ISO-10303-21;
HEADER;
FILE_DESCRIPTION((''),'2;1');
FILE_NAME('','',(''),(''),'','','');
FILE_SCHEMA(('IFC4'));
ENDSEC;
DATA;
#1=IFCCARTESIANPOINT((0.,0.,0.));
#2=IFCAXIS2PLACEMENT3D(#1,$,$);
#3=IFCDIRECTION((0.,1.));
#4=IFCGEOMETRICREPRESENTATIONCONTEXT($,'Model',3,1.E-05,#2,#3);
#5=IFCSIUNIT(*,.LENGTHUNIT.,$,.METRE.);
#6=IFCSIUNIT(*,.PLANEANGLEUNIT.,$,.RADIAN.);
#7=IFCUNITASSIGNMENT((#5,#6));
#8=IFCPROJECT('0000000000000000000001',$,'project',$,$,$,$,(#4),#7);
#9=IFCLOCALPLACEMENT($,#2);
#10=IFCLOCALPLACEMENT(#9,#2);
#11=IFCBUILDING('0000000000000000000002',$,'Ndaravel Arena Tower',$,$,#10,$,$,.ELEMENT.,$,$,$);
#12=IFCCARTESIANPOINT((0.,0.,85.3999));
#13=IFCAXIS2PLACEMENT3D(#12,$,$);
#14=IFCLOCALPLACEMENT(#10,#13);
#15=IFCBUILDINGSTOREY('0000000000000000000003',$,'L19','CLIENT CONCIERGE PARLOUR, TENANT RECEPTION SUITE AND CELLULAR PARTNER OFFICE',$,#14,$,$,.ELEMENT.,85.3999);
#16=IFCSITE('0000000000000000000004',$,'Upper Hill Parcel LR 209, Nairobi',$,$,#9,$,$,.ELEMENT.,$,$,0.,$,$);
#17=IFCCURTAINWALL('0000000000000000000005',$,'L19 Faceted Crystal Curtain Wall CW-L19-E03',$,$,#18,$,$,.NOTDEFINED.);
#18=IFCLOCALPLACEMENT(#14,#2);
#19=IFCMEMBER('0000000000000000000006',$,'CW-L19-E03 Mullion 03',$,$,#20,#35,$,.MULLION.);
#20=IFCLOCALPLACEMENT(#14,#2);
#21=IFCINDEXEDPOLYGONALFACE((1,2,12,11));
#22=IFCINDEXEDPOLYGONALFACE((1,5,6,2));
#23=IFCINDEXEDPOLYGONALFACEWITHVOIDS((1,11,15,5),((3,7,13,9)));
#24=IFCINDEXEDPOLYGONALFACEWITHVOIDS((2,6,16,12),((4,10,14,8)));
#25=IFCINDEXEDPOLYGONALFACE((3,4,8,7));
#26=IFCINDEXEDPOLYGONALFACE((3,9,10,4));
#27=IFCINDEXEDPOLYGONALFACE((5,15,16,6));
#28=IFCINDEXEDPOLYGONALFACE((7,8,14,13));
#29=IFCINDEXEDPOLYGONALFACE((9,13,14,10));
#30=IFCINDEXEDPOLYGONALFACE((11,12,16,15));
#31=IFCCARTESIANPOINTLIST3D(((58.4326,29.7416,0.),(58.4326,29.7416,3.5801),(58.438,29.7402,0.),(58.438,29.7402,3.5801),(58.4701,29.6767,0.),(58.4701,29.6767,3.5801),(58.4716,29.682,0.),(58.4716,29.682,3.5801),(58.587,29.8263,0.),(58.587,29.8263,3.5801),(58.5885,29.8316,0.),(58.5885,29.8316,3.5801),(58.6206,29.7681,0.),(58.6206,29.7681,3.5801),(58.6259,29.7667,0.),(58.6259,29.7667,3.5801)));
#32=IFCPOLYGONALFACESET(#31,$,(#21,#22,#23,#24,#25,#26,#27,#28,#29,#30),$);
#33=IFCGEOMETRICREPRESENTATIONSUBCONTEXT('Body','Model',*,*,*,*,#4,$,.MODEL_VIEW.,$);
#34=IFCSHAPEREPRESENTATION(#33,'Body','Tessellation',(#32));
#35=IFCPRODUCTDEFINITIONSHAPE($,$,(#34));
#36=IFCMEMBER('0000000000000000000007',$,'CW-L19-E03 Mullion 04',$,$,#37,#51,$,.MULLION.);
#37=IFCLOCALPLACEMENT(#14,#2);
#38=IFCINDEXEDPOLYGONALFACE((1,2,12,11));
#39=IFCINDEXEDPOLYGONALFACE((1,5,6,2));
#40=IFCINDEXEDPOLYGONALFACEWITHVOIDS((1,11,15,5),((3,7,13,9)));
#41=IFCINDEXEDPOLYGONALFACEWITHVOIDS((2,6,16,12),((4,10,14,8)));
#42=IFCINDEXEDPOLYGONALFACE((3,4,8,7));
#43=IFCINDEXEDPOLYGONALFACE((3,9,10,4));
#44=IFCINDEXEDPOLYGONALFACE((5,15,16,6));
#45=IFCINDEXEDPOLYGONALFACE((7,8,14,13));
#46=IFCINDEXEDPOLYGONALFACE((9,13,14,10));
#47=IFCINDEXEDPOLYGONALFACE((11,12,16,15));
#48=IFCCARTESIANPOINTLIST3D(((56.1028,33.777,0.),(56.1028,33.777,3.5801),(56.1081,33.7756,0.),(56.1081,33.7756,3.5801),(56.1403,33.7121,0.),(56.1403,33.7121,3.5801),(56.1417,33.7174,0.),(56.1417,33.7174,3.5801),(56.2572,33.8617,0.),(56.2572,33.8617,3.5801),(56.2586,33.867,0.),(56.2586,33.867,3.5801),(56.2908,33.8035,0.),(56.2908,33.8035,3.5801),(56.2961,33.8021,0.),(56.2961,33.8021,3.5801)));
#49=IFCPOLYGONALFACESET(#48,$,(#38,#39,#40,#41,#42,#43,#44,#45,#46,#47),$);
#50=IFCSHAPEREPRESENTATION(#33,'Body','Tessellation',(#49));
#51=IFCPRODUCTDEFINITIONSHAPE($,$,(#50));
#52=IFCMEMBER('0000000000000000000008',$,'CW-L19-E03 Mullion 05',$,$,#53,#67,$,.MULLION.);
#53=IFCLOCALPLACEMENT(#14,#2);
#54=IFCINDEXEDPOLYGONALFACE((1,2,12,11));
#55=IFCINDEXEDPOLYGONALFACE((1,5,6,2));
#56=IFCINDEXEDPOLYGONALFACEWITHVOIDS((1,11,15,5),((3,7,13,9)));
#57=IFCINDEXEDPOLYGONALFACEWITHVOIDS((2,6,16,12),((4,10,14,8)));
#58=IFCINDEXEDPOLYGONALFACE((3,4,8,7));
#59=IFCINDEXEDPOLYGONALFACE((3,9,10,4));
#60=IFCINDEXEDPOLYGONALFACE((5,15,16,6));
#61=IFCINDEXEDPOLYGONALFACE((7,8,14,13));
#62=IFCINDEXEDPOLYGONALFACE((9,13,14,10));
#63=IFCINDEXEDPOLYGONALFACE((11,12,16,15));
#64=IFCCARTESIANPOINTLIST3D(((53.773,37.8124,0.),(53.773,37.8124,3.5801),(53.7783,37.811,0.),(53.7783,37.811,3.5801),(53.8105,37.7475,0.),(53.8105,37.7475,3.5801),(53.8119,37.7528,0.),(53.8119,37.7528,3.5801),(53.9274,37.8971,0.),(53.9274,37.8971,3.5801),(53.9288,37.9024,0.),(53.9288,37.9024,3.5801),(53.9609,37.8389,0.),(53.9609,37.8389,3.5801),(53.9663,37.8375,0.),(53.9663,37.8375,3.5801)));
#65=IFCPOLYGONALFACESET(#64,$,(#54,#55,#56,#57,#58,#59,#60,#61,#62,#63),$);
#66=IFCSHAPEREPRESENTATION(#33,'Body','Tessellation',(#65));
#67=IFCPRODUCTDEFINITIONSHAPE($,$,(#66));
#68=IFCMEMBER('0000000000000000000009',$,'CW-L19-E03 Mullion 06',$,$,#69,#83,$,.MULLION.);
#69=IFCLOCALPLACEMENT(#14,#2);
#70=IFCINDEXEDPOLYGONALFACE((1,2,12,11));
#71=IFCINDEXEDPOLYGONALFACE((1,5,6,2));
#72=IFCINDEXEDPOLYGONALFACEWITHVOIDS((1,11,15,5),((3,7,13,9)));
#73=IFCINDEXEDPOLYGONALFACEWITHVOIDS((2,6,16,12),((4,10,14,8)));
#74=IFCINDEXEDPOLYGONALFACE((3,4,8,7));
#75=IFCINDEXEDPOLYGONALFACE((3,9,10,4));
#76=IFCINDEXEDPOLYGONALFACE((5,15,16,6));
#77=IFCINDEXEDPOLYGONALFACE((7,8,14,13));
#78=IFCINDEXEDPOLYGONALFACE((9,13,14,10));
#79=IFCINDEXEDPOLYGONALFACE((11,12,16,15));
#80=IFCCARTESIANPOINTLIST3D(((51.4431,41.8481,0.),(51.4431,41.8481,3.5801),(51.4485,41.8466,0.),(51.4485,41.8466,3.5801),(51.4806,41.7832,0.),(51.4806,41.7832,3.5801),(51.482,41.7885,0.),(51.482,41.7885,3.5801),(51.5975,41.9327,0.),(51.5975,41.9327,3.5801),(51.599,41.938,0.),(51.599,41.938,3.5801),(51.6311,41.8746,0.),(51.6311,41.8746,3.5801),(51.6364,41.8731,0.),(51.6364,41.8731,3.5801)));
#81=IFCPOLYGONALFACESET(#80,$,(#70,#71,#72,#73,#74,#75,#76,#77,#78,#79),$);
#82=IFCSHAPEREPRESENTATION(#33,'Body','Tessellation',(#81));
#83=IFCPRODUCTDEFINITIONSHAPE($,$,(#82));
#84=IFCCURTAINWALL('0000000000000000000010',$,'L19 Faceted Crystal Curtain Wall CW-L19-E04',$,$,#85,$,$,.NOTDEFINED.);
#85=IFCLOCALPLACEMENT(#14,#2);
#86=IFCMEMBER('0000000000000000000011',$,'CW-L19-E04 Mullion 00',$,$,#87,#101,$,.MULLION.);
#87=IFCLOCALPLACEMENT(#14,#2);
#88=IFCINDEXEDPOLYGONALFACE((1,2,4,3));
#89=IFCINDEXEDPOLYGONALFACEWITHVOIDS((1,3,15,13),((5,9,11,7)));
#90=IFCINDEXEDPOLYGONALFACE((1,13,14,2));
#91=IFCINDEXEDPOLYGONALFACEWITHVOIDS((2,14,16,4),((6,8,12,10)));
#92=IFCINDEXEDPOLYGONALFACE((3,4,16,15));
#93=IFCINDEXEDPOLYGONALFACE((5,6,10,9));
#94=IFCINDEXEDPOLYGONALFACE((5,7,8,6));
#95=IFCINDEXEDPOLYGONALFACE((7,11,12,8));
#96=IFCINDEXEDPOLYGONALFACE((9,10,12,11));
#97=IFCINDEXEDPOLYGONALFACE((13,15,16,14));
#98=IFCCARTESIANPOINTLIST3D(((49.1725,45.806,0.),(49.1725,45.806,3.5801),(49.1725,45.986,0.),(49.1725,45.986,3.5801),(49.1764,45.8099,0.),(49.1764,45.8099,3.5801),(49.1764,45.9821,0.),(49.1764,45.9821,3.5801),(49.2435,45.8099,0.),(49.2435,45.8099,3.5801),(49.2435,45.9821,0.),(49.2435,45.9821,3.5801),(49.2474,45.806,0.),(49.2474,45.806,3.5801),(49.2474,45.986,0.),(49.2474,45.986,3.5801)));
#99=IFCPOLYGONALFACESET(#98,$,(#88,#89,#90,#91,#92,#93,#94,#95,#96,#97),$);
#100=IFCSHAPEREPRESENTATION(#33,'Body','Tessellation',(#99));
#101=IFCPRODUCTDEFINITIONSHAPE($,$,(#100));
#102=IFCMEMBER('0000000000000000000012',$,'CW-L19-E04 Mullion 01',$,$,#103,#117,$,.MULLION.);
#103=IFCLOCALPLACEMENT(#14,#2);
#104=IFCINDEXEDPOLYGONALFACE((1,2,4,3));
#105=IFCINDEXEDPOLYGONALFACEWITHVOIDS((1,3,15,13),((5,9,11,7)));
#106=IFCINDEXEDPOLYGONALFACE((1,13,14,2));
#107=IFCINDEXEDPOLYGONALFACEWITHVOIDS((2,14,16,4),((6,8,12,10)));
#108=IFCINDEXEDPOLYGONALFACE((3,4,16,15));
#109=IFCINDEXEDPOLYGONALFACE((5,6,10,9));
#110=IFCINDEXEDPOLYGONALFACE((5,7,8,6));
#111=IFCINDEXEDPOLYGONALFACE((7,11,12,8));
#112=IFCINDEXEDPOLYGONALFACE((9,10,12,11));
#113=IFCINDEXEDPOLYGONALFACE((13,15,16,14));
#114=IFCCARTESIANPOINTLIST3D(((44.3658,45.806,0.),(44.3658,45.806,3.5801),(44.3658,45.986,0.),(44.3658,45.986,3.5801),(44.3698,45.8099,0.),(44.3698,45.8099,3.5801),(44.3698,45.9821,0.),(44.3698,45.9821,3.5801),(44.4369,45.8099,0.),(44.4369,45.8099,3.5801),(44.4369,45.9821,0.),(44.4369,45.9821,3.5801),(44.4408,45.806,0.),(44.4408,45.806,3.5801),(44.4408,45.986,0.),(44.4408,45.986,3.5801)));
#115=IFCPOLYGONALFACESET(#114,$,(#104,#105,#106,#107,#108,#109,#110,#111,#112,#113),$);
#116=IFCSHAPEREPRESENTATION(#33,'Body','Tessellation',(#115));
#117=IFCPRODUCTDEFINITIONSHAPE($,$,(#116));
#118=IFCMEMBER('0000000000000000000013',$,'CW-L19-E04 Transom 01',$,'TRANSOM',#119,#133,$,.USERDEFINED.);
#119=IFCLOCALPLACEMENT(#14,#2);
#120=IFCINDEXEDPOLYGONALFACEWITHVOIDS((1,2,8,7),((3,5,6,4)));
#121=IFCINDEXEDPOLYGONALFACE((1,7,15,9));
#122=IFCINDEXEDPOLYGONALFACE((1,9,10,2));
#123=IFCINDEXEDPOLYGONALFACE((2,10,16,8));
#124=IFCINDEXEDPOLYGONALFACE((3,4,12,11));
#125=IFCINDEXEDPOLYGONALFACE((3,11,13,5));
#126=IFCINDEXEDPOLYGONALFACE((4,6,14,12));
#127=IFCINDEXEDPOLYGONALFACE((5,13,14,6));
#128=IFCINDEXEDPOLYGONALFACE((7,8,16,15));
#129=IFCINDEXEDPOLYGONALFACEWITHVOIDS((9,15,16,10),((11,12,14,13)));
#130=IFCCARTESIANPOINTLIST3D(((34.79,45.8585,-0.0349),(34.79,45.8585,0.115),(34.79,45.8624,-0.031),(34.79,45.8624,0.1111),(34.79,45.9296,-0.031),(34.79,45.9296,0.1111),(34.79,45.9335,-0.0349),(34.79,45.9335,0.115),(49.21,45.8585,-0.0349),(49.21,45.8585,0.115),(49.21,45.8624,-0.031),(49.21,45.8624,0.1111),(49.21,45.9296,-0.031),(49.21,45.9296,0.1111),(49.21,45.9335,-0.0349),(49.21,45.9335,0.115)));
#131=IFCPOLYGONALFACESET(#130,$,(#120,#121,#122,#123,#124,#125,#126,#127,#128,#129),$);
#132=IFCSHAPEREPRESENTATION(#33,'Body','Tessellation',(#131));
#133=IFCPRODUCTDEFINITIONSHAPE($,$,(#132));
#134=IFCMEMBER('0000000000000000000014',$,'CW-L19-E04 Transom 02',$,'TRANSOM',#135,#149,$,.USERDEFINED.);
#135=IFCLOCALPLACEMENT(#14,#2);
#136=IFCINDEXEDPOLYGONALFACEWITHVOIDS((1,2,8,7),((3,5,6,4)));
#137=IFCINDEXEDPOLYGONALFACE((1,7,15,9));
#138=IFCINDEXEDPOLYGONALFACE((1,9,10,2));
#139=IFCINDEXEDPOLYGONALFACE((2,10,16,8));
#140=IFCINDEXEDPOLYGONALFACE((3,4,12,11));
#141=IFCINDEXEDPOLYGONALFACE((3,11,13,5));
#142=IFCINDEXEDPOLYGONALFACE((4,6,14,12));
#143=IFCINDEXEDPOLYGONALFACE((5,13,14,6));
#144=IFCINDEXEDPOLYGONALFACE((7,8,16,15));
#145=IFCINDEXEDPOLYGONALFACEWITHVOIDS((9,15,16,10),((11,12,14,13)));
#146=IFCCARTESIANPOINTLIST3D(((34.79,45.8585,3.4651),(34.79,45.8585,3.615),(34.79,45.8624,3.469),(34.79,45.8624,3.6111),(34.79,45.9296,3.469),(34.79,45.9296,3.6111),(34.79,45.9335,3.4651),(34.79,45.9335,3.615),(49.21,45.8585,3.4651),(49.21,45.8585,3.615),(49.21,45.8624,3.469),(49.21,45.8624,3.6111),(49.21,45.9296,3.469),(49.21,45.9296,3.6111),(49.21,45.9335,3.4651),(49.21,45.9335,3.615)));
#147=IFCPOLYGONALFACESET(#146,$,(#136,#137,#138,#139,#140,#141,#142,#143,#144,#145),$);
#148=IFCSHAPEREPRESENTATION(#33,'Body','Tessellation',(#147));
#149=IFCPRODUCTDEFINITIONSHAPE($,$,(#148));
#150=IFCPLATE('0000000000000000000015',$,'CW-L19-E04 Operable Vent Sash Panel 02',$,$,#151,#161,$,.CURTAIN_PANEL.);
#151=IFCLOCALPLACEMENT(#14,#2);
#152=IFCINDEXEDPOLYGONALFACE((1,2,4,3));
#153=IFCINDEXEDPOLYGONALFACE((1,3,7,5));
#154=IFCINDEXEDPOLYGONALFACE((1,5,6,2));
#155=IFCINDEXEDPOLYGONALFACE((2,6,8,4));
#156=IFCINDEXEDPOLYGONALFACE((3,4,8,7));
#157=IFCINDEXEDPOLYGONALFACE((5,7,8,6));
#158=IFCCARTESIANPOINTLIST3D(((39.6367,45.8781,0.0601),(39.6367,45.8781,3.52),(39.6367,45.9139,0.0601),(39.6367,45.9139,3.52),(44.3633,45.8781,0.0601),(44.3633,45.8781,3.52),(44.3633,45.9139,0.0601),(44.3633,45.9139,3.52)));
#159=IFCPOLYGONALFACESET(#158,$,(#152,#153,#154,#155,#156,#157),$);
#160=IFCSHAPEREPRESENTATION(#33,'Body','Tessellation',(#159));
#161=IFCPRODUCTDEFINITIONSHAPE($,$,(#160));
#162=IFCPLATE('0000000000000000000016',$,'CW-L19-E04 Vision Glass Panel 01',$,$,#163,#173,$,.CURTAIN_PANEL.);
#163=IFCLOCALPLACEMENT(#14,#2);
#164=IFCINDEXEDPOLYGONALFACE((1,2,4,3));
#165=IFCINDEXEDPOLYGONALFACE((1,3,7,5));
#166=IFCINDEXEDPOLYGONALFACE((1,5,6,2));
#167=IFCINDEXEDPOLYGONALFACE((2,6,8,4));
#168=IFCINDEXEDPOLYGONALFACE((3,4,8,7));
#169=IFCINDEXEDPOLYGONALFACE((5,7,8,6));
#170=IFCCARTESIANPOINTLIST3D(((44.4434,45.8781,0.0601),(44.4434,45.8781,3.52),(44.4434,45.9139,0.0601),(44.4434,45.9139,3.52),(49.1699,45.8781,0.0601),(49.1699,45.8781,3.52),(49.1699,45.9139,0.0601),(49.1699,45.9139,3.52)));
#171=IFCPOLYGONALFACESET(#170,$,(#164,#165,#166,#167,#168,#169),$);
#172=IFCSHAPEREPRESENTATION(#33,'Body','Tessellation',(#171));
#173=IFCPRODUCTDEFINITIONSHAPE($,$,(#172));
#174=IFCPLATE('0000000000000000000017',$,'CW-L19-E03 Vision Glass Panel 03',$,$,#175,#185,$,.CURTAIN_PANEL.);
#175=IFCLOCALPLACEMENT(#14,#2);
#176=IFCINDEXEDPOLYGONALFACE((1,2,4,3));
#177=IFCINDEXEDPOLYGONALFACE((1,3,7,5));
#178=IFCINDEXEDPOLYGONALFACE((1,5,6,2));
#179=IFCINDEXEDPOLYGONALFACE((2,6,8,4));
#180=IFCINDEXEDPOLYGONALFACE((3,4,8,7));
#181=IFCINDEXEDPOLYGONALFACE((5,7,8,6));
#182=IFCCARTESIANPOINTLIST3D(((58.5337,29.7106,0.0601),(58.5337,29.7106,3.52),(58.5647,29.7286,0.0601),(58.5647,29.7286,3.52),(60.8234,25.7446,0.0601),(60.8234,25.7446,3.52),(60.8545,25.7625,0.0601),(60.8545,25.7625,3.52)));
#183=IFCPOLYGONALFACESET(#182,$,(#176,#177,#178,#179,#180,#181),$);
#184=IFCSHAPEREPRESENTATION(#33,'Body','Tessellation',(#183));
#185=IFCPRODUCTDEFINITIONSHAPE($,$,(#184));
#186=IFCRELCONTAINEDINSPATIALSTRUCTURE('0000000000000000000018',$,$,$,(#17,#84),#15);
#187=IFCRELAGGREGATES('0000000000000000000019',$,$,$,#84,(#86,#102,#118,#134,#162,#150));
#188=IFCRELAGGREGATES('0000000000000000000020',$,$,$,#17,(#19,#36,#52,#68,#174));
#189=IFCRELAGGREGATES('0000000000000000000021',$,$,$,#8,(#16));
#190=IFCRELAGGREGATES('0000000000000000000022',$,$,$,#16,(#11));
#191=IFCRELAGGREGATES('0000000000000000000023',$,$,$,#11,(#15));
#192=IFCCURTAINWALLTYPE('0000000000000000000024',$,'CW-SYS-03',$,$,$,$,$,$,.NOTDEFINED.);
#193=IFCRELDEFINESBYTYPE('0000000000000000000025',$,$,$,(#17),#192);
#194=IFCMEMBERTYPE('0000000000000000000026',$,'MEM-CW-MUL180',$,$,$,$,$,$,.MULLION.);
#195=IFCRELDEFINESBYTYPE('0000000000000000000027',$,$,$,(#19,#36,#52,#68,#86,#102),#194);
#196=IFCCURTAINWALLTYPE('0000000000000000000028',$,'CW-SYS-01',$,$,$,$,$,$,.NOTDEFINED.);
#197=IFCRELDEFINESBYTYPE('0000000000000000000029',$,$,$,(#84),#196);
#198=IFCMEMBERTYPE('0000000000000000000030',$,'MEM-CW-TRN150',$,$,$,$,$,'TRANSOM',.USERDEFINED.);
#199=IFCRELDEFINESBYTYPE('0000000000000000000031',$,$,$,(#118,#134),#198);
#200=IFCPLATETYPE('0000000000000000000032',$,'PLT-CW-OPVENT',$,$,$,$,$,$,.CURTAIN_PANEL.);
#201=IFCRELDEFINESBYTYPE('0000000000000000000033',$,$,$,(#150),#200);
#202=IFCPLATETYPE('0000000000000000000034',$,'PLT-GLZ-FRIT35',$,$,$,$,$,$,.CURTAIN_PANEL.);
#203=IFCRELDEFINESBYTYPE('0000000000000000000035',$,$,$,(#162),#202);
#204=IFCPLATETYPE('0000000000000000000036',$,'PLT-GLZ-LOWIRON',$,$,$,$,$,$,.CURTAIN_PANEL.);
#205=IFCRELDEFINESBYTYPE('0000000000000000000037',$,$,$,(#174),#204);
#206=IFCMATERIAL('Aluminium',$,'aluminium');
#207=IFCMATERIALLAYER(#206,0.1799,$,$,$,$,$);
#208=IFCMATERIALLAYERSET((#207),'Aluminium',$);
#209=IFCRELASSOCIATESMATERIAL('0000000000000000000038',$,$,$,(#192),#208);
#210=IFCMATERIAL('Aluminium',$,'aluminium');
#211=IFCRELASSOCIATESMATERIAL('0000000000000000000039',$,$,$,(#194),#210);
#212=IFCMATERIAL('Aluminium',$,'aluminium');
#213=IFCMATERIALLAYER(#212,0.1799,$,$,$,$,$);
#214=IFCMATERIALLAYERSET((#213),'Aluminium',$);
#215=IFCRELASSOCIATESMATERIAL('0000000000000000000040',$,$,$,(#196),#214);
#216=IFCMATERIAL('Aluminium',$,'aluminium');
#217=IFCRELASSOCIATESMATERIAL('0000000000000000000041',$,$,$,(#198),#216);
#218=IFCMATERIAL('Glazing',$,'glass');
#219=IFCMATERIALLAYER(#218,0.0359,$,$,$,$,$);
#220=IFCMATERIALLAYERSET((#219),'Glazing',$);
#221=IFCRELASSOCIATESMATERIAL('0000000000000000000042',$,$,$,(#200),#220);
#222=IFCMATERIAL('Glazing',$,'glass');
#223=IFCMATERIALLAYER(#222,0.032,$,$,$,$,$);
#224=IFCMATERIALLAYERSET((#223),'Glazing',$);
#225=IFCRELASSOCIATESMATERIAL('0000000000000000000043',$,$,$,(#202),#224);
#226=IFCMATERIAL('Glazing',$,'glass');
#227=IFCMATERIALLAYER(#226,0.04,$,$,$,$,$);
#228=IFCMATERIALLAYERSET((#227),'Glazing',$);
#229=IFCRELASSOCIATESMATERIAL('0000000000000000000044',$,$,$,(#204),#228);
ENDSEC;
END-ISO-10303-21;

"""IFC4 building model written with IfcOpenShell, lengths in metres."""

from ifc_helpers import new_model, si_unit, direction, frame, origin, origin_2d, place, context, subcontext, project, spatial, rectangle, hollow_rectangle, extrude, material, layer, layer_set, material_profile, profile_set, type_object, element, aggregate, save


model = new_model("IFC4")

# Units and contexts
model_context = context("Model", 3, precision=1e-05, world=origin(), true_north=direction((0.0, 1.0)))
body_context = subcontext(model_context, "Body", "Model", "MODEL_VIEW")
ifc_project = project(units=[si_unit("LENGTHUNIT", "METRE"), si_unit("PLANEANGLEUNIT", "RADIAN")], contexts=[model_context])

# Site, building, storey
site_placement = place(None, origin())
site = spatial("IfcSite", under=ifc_project, at=site_placement, Name="Upper Hill Parcel LR 209, Nairobi", CompositionType="ELEMENT", RefElevation=0.0)
building_placement = place(site_placement, origin())
building = spatial("IfcBuilding", under=site, at=building_placement, Name="Ndaravel Arena Tower", CompositionType="ELEMENT")
storey_placement = place(building_placement, frame((0.0, 0.0, 85.3999)))
storey = spatial("IfcBuildingStorey", under=building, at=storey_placement, Name="L19", Description="CLIENT CONCIERGE PARLOUR, TENANT RECEPTION SUITE AND CELLULAR PARTNER OFFICE", CompositionType="ELEMENT", Elevation=85.3999)

# Curtain wall, members
ifc_material_1 = material(Name="Aluminium", Category="aluminium")
ifc_layer_1 = layer(ifc_material_1, 0.1799)
ifc_layer_set_1 = layer_set([ifc_layer_1], Name="Aluminium")
curtain_wall_type_1 = type_object("IfcCurtainWallType", Name="CW-SYS-03", PredefinedType="NOTDEFINED", material=ifc_layer_set_1)
curtain_wall_1_placement = place(storey_placement, origin())
curtain_wall_1 = element("IfcCurtainWall", 1, at=curtain_wall_1_placement, inside=storey, type_object=curtain_wall_type_1, Name="L19 Faceted Crystal Curtain Wall CW-L19-E03", PredefinedType="NOTDEFINED")
ifc_material_2 = material(Name="Aluminium", Category="aluminium")
ifc_material_profile_1 = material_profile(ifc_material_2, hollow_rectangle(XDim=0.075, YDim=0.1799, WallThickness=0.0039, at=origin_2d()), Name="CW MULLION 75x180x4")
ifc_profile_set_1 = profile_set([ifc_material_profile_1], Name="Aluminium")
member_type_1 = type_object("IfcMemberType", Name="MEM-CW-MUL180", PredefinedType="MULLION", material=ifc_profile_set_1)
member_1_placement = place(storey_placement, frame((58.5293, 29.7542, 0.0), z_axis=(0.0, 0.0, 1.0), x_axis=(-0.5, 0.866025, 0.0)))
member_1 = element("IfcMember", 2, at=member_1_placement, type_object=member_type_1, Name="CW-L19-E03 Mullion 03", PredefinedType="MULLION", context=body_context, shape_type="SweptSolid", body=[
    extrude(hollow_rectangle(XDim=0.075, YDim=0.1799, WallThickness=0.0039, at=origin_2d()), origin(), (0.0, 0.0, 1.0), 3.5801),
])
member_2_placement = place(storey_placement, frame((56.1995, 33.7896, 0.0), z_axis=(0.0, 0.0, 1.0), x_axis=(-0.5, 0.866025, 0.0)))
member_2 = element("IfcMember", 3, at=member_2_placement, type_object=member_type_1, Name="CW-L19-E03 Mullion 04", PredefinedType="MULLION", context=body_context, shape_type="SweptSolid", body=[
    extrude(hollow_rectangle(XDim=0.075, YDim=0.1799, WallThickness=0.0039, at=origin_2d()), origin(), (0.0, 0.0, 1.0), 3.5801),
])
member_3_placement = place(storey_placement, frame((53.8696, 37.825, 0.0), z_axis=(0.0, 0.0, 1.0), x_axis=(-0.5, 0.866025, 0.0)))
member_3 = element("IfcMember", 4, at=member_3_placement, type_object=member_type_1, Name="CW-L19-E03 Mullion 05", PredefinedType="MULLION", context=body_context, shape_type="SweptSolid", body=[
    extrude(hollow_rectangle(XDim=0.075, YDim=0.1799, WallThickness=0.0039, at=origin_2d()), origin(), (0.0, 0.0, 1.0), 3.5801),
])
member_4_placement = place(storey_placement, frame((51.5398, 41.8606, 0.0), z_axis=(0.0, 0.0, 1.0), x_axis=(-0.5, 0.866025, 0.0)))
member_4 = element("IfcMember", 5, at=member_4_placement, type_object=member_type_1, Name="CW-L19-E03 Mullion 06", PredefinedType="MULLION", context=body_context, shape_type="SweptSolid", body=[
    extrude(hollow_rectangle(XDim=0.075, YDim=0.1799, WallThickness=0.0039, at=origin_2d()), origin(), (0.0, 0.0, 1.0), 3.5801),
])

# Curtain wall, members, plates
ifc_material_3 = material(Name="Aluminium", Category="aluminium")
ifc_layer_2 = layer(ifc_material_3, 0.1799)
ifc_layer_set_2 = layer_set([ifc_layer_2], Name="Aluminium")
curtain_wall_type_2 = type_object("IfcCurtainWallType", Name="CW-SYS-01", PredefinedType="NOTDEFINED", material=ifc_layer_set_2)
curtain_wall_2_placement = place(storey_placement, origin())
curtain_wall_2 = element("IfcCurtainWall", 6, at=curtain_wall_2_placement, inside=storey, type_object=curtain_wall_type_2, Name="L19 Faceted Crystal Curtain Wall CW-L19-E04", PredefinedType="NOTDEFINED")
member_5_placement = place(storey_placement, frame((49.21, 45.896, 0.0), z_axis=(0.0, 0.0, 1.0), x_axis=(-1.0, 0.0, 0.0)))
member_5 = element("IfcMember", 7, at=member_5_placement, type_object=member_type_1, Name="CW-L19-E04 Mullion 00", PredefinedType="MULLION", context=body_context, shape_type="SweptSolid", body=[
    extrude(hollow_rectangle(XDim=0.075, YDim=0.1799, WallThickness=0.0039, at=origin_2d()), origin(), (0.0, 0.0, 1.0), 3.5801),
])
member_6_placement = place(storey_placement, frame((44.4033, 45.896, 0.0), z_axis=(0.0, 0.0, 1.0), x_axis=(-1.0, 0.0, 0.0)))
member_6 = element("IfcMember", 8, at=member_6_placement, type_object=member_type_1, Name="CW-L19-E04 Mullion 01", PredefinedType="MULLION", context=body_context, shape_type="SweptSolid", body=[
    extrude(hollow_rectangle(XDim=0.075, YDim=0.1799, WallThickness=0.0039, at=origin_2d()), origin(), (0.0, 0.0, 1.0), 3.5801),
])
ifc_material_4 = material(Name="Aluminium", Category="aluminium")
ifc_material_profile_2 = material_profile(ifc_material_4, hollow_rectangle(XDim=0.075, YDim=0.1499, WallThickness=0.0039, at=origin_2d()), Name="CW TRANSOM 75x150x4")
ifc_profile_set_2 = profile_set([ifc_material_profile_2], Name="Aluminium")
member_type_2 = type_object("IfcMemberType", Name="MEM-CW-TRN150", ElementType="TRANSOM", PredefinedType="USERDEFINED", material=ifc_profile_set_2)
member_7_placement = place(storey_placement, frame((49.21, 45.896, 0.04), z_axis=(-1.0, 0.0, 0.0), x_axis=(0.0, -1.0, 0.0)))
member_7 = element("IfcMember", 9, at=member_7_placement, type_object=member_type_2, Name="CW-L19-E04 Transom 01", ObjectType="TRANSOM", PredefinedType="USERDEFINED", context=body_context, shape_type="SweptSolid", body=[
    extrude(hollow_rectangle(XDim=0.075, YDim=0.1499, WallThickness=0.0039, at=origin_2d()), origin(), (0.0, 0.0, 1.0), 14.4199),
])
member_8_placement = place(storey_placement, frame((49.21, 45.896, 3.54), z_axis=(-1.0, 0.0, 0.0), x_axis=(0.0, -1.0, 0.0)))
member_8 = element("IfcMember", 10, at=member_8_placement, type_object=member_type_2, Name="CW-L19-E04 Transom 02", ObjectType="TRANSOM", PredefinedType="USERDEFINED", context=body_context, shape_type="SweptSolid", body=[
    extrude(hollow_rectangle(XDim=0.075, YDim=0.1499, WallThickness=0.0039, at=origin_2d()), origin(), (0.0, 0.0, 1.0), 14.4199),
])
ifc_material_5 = material(Name="Glazing", Category="glass")
ifc_layer_3 = layer(ifc_material_5, 0.0359)
ifc_layer_set_3 = layer_set([ifc_layer_3], Name="Glazing")
plate_type_1 = type_object("IfcPlateType", Name="PLT-CW-OPVENT", PredefinedType="CURTAIN_PANEL", material=ifc_layer_set_3)
plate_1_placement = place(storey_placement, frame((42.0, 45.896, 0.0601), z_axis=(0.0, 0.0, 1.0), x_axis=(-1.0, 0.0, 0.0)))
plate_1 = element("IfcPlate", 11, at=plate_1_placement, type_object=plate_type_1, Name="CW-L19-E04 Operable Vent Sash Panel 02", PredefinedType="CURTAIN_PANEL", context=body_context, shape_type="SweptSolid", body=[
    extrude(rectangle(XDim=4.7266, YDim=0.0359, at=origin_2d()), origin(), (0.0, 0.0, 1.0), 3.46),
])
ifc_material_6 = material(Name="Glazing", Category="glass")
ifc_layer_4 = layer(ifc_material_6, 0.032)
ifc_layer_set_4 = layer_set([ifc_layer_4], Name="Glazing")
plate_type_2 = type_object("IfcPlateType", Name="PLT-GLZ-FRIT35", PredefinedType="CURTAIN_PANEL", material=ifc_layer_set_4)
plate_2_placement = place(storey_placement, frame((46.8066, 45.896, 0.0601), z_axis=(0.0, 0.0, 1.0), x_axis=(-1.0, 0.0, 0.0)))
plate_2 = element("IfcPlate", 12, at=plate_2_placement, type_object=plate_type_2, Name="CW-L19-E04 Vision Glass Panel 01", PredefinedType="CURTAIN_PANEL", context=body_context, shape_type="SweptSolid", body=[
    extrude(rectangle(XDim=4.7266, YDim=0.0359, at=origin_2d()), origin(), (0.0, 0.0, 1.0), 3.46),
])
aggregate(curtain_wall_2, [member_5, member_6, member_7, member_8, plate_2, plate_1])

# Plate
ifc_material_7 = material(Name="Glazing", Category="glass")
ifc_layer_5 = layer(ifc_material_7, 0.04)
ifc_layer_set_5 = layer_set([ifc_layer_5], Name="Glazing")
plate_type_3 = type_object("IfcPlateType", Name="PLT-GLZ-LOWIRON", PredefinedType="CURTAIN_PANEL", material=ifc_layer_set_5)
plate_3_placement = place(storey_placement, frame((59.6941, 27.7366, 0.0601), z_axis=(0.0, 0.0, 1.0), x_axis=(-0.5, 0.866025, 0.0)))
plate_3 = element("IfcPlate", 13, at=plate_3_placement, type_object=plate_type_3, Name="CW-L19-E03 Vision Glass Panel 03", PredefinedType="CURTAIN_PANEL", context=body_context, shape_type="SweptSolid", body=[
    extrude(rectangle(XDim=4.5796, YDim=0.0359, at=origin_2d()), origin(), (0.0, 0.0, 1.0), 3.46),
])
aggregate(curtain_wall_1, [member_1, member_2, member_3, member_4, plate_3])

save(model, "model.ifc")
